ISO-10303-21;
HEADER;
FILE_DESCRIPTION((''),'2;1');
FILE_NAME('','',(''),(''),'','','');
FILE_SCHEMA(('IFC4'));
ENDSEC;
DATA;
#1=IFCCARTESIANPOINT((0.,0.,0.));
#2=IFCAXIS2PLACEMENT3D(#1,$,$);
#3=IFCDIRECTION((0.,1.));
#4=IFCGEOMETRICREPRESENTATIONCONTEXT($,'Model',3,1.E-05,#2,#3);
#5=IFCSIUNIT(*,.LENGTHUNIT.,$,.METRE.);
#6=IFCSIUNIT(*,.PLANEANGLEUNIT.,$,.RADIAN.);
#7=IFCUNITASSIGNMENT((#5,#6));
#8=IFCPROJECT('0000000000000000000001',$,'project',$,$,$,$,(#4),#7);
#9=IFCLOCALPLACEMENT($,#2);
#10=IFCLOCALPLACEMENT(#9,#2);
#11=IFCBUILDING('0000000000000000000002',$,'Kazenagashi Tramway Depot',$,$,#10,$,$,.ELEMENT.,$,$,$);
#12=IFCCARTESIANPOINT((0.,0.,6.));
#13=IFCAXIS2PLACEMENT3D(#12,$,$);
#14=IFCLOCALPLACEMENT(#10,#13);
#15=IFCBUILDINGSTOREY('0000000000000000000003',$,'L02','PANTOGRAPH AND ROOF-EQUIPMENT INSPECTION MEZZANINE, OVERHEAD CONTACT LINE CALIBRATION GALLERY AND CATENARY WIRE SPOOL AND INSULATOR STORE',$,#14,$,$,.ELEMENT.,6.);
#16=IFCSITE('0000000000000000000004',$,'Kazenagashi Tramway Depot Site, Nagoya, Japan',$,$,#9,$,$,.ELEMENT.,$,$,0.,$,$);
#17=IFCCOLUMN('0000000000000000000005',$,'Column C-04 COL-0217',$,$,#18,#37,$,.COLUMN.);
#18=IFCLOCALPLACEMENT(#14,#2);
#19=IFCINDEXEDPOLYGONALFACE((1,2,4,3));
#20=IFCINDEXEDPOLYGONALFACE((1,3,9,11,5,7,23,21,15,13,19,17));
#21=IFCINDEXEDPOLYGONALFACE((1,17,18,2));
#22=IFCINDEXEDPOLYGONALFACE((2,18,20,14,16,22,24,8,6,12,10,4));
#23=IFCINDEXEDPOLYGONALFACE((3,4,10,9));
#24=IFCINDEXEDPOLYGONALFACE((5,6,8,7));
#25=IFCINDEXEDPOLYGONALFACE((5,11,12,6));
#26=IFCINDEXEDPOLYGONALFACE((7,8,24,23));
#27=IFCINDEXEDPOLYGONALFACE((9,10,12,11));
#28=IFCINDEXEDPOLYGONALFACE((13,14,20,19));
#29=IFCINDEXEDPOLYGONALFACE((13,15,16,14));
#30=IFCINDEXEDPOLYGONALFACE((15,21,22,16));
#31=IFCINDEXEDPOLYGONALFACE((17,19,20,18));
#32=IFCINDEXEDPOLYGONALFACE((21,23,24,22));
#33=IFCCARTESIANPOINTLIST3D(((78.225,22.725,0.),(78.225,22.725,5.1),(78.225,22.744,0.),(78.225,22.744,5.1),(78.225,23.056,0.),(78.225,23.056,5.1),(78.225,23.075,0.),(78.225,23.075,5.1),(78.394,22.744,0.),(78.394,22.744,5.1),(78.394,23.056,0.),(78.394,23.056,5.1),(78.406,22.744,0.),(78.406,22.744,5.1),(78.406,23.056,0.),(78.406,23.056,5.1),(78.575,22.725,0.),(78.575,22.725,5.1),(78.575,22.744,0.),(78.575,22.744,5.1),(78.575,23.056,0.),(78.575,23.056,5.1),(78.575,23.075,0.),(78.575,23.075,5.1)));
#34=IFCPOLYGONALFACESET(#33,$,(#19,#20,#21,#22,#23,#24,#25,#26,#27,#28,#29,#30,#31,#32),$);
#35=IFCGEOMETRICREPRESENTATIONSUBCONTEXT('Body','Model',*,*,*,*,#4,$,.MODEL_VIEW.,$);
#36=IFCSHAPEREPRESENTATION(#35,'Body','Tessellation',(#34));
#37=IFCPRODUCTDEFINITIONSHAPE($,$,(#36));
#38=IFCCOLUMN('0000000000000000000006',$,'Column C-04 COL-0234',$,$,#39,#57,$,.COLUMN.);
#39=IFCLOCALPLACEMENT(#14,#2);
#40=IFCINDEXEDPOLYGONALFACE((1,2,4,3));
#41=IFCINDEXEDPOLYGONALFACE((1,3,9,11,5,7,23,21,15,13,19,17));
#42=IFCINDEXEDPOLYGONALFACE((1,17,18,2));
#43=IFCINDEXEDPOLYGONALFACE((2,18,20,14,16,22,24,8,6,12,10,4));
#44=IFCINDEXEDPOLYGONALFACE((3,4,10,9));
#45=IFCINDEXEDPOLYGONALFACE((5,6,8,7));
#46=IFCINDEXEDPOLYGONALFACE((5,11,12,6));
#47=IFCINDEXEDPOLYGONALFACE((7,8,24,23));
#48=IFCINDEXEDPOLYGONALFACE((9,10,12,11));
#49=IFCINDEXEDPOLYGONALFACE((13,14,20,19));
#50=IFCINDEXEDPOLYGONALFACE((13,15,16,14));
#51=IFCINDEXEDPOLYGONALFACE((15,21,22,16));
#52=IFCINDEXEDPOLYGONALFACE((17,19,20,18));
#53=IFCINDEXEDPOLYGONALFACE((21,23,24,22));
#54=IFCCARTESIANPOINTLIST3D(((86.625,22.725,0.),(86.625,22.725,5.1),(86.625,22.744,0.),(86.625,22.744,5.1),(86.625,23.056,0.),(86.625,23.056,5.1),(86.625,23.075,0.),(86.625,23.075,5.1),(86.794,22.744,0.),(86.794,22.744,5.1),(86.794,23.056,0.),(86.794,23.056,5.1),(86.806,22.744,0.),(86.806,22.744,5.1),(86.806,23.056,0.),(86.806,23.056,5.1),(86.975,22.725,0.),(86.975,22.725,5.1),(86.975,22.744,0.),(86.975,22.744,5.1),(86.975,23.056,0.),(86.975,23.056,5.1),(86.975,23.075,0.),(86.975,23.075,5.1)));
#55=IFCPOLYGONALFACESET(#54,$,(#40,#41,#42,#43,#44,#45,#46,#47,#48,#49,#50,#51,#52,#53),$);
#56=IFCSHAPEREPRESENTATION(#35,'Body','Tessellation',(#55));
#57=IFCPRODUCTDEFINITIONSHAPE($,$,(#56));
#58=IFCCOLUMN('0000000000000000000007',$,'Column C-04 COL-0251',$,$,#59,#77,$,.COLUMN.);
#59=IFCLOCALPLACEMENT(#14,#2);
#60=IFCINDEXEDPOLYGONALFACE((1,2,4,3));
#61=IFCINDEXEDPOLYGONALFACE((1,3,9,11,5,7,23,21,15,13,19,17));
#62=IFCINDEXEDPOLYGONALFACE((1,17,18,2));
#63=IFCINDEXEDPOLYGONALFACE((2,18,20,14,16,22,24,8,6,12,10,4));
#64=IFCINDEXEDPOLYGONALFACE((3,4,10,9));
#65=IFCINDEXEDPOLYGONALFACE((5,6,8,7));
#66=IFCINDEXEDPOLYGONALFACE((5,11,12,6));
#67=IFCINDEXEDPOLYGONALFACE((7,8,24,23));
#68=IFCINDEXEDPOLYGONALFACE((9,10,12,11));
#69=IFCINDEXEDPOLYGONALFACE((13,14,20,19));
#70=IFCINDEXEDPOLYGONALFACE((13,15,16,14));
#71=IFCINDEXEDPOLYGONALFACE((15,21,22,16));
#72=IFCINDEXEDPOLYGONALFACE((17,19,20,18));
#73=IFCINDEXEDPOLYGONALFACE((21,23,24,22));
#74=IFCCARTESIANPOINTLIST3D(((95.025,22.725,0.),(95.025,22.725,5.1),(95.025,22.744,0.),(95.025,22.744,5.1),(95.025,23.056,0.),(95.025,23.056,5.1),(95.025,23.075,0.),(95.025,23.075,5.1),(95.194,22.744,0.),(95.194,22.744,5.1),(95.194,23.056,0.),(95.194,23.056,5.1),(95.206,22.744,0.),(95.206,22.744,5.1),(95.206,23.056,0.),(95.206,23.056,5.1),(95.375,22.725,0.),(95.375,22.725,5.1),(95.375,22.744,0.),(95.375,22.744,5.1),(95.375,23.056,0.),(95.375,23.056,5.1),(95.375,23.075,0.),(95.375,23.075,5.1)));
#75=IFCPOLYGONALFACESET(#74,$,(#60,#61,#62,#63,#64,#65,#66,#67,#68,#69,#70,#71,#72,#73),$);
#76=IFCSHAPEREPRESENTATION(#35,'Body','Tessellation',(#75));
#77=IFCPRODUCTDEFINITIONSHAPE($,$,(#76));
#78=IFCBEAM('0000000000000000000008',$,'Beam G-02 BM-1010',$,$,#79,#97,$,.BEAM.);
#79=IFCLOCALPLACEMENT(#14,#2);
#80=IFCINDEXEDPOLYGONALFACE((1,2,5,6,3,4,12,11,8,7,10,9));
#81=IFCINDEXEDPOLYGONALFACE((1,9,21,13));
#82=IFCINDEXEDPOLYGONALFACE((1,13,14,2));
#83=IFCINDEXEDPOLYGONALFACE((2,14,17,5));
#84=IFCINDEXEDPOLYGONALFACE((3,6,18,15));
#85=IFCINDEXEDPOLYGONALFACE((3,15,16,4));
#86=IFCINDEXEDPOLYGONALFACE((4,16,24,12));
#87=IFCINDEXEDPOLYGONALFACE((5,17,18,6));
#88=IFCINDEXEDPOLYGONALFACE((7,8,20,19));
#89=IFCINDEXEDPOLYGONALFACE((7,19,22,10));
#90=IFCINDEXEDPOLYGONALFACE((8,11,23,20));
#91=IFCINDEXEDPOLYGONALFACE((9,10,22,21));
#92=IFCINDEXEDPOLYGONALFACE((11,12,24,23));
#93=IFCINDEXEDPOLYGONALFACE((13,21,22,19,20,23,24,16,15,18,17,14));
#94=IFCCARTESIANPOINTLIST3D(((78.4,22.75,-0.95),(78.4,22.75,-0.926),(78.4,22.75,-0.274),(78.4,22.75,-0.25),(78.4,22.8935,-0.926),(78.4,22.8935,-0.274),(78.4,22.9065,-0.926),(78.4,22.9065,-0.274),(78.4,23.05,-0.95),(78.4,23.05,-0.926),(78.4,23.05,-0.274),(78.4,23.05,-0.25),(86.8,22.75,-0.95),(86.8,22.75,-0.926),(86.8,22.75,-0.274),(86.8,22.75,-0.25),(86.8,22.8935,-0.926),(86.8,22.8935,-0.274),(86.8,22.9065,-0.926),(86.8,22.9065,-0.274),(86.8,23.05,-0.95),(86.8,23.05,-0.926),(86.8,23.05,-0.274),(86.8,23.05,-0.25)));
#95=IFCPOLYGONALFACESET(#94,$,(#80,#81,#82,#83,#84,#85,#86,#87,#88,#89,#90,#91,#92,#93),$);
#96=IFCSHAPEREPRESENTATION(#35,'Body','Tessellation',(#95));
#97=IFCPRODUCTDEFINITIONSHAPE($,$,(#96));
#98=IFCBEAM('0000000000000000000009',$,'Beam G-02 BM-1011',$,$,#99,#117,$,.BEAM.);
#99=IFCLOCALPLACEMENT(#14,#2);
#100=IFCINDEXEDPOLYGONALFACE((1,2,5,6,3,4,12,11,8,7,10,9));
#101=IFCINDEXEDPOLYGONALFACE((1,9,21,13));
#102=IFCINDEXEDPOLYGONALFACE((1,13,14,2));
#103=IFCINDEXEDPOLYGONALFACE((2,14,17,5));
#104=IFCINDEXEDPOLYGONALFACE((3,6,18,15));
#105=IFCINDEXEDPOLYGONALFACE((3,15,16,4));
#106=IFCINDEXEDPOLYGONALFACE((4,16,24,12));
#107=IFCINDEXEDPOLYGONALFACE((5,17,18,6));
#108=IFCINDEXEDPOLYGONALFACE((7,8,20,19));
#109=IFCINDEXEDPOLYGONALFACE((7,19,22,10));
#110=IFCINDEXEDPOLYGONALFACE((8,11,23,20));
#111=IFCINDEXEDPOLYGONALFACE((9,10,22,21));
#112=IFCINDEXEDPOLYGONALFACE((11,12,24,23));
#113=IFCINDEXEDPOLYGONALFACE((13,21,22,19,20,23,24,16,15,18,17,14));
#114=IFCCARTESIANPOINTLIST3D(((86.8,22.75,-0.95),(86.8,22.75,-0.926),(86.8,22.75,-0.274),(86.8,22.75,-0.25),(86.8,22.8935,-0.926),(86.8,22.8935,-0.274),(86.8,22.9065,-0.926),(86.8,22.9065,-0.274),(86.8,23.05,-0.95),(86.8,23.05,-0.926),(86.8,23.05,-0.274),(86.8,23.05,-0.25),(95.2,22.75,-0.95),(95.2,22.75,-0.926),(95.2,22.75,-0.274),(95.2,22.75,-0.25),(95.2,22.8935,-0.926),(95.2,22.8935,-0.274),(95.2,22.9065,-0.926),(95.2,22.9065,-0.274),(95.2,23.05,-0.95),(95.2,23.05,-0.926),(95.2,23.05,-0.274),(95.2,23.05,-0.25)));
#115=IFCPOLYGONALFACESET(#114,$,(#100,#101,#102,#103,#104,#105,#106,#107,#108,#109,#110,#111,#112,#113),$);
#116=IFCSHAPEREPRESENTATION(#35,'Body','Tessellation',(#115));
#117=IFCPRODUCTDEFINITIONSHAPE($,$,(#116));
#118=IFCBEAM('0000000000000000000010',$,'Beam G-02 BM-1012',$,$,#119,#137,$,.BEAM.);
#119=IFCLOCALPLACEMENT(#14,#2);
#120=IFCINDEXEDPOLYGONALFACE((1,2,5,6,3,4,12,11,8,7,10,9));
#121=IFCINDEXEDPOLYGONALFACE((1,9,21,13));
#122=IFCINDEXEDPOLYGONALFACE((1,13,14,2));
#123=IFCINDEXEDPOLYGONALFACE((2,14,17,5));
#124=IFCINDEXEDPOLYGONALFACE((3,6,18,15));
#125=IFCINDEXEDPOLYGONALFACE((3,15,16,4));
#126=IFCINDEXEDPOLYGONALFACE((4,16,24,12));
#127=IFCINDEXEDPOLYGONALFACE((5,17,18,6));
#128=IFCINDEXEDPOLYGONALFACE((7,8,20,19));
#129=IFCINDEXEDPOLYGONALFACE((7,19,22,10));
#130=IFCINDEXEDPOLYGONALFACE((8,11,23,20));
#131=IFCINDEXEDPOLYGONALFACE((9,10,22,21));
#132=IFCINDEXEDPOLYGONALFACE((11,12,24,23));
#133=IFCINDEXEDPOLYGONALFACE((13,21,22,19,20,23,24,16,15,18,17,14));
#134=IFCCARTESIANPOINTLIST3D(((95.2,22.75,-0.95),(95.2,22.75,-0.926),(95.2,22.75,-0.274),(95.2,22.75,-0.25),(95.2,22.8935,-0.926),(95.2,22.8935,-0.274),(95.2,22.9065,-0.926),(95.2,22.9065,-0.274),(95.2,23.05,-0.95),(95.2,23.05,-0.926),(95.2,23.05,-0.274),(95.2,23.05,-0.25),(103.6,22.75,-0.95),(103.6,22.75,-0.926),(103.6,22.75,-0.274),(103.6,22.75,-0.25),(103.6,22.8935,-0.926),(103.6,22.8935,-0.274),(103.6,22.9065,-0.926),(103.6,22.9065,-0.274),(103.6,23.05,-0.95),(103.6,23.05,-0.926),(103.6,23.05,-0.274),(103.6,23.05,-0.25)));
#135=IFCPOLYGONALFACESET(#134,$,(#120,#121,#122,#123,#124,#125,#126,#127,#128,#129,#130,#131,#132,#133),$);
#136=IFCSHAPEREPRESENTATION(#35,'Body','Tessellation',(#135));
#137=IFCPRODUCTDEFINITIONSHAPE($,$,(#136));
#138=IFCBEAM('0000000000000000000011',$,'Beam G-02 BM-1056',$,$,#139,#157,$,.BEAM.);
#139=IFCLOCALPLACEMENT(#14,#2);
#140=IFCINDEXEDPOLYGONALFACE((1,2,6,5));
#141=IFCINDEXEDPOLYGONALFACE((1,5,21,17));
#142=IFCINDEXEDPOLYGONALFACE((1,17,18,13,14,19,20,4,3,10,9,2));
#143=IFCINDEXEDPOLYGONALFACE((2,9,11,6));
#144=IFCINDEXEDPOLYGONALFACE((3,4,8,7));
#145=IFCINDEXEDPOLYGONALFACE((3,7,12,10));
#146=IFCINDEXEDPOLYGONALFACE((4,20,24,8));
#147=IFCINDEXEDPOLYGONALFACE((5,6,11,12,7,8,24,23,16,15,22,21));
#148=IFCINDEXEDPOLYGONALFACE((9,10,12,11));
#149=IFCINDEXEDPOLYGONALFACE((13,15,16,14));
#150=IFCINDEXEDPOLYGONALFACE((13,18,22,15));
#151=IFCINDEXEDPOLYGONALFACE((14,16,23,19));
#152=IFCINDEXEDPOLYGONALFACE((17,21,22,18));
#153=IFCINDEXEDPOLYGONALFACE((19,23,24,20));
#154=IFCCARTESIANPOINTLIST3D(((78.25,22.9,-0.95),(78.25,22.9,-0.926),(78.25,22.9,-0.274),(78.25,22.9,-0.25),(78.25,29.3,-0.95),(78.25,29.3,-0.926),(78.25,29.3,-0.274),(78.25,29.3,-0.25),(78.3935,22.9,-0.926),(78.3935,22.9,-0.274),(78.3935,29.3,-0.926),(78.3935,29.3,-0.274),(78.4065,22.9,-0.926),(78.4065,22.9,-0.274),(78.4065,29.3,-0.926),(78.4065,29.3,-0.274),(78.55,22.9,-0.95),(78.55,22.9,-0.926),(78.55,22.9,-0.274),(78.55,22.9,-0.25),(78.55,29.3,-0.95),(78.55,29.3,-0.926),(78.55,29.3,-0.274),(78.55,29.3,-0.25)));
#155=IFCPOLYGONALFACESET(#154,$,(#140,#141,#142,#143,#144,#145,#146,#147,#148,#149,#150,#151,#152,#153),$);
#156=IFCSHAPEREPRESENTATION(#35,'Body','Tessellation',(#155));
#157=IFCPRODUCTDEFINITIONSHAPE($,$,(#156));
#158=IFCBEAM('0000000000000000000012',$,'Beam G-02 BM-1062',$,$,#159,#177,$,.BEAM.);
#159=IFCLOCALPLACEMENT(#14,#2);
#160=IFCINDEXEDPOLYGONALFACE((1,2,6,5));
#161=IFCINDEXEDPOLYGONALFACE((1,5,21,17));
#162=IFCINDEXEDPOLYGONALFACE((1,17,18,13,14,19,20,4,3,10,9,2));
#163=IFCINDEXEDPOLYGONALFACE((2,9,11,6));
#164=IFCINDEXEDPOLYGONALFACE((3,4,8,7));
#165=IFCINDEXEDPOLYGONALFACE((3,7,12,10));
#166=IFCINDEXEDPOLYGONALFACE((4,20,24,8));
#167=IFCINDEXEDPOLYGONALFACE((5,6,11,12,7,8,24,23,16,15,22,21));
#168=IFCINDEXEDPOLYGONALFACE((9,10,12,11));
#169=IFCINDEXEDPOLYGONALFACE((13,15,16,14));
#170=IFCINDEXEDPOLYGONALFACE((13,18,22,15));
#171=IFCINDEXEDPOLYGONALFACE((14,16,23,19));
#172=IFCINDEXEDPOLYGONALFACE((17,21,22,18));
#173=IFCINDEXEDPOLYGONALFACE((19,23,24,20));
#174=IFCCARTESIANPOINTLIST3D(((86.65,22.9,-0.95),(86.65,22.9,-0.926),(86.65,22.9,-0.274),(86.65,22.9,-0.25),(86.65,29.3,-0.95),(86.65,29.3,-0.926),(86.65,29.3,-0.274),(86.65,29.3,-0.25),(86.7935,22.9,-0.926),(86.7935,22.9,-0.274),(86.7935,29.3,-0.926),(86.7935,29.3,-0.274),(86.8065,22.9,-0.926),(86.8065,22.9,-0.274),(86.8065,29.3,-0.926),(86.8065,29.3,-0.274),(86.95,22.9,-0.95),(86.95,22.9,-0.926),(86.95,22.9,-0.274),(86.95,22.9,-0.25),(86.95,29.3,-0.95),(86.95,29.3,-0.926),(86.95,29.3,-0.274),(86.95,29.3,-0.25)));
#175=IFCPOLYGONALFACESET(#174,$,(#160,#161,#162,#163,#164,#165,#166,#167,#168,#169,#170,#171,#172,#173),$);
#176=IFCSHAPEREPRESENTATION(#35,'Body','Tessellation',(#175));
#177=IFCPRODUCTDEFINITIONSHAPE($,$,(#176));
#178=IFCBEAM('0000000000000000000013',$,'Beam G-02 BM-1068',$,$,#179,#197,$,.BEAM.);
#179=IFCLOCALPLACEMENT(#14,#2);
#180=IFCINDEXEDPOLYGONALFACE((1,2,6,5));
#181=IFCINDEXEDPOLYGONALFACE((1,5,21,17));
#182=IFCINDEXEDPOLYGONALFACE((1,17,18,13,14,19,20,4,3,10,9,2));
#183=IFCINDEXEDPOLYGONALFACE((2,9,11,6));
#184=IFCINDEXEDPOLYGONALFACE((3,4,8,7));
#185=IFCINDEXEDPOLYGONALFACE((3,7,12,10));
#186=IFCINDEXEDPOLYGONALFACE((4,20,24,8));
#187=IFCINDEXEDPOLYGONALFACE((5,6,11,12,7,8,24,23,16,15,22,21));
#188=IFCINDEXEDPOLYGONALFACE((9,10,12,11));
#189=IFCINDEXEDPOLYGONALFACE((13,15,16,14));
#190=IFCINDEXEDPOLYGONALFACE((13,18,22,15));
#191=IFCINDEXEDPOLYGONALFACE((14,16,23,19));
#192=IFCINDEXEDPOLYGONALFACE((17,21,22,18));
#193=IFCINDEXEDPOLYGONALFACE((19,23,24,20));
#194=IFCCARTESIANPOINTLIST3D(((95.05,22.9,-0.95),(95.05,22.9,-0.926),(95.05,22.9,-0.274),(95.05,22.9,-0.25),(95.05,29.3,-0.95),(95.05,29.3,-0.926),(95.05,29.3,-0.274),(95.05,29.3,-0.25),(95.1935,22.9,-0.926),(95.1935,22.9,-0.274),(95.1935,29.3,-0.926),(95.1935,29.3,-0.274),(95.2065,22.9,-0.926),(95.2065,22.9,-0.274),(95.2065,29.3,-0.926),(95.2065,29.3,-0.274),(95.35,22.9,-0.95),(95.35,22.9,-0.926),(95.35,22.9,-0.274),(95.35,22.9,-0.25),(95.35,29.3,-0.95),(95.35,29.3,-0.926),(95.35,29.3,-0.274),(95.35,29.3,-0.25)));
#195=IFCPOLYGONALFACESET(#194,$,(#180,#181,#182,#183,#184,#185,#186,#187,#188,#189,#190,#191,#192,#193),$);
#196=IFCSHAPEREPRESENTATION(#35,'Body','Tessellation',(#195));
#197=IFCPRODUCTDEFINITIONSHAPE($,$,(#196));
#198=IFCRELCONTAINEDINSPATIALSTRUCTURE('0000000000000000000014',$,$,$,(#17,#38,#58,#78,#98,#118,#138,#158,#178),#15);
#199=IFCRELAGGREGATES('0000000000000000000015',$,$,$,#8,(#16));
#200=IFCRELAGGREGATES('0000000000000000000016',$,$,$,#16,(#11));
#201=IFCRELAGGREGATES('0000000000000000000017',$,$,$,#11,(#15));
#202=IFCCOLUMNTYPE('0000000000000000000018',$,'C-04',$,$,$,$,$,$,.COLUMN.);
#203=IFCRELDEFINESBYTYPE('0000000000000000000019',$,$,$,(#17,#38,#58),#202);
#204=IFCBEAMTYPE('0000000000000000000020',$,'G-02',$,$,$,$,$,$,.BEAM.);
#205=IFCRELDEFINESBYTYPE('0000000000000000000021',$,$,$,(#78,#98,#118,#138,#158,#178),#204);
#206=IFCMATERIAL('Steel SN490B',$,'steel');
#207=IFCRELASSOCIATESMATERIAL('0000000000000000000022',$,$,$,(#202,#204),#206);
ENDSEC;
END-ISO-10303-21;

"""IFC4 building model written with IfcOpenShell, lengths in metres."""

from ifc_helpers import new_model, si_unit, direction, frame, origin, origin_2d, place, context, subcontext, project, spatial, i_section, extrude, material, material_profile, profile_set, type_object, element, save


model = new_model("IFC4")

# Units and contexts
model_context = context("Model", 3, precision=1e-05, world=origin(), true_north=direction((0.0, 1.0)))
body_context = subcontext(model_context, "Body", "Model", "MODEL_VIEW")
ifc_project = project(units=[si_unit("LENGTHUNIT", "METRE"), si_unit("PLANEANGLEUNIT", "RADIAN")], contexts=[model_context])

# Site, building, storey
site_placement = place(None, origin())
site = spatial("IfcSite", under=ifc_project, at=site_placement, Name="Kazenagashi Tramway Depot Site, Nagoya, Japan", CompositionType="ELEMENT", RefElevation=0.0)
building_placement = place(site_placement, origin())
building = spatial("IfcBuilding", under=site, at=building_placement, Name="Kazenagashi Tramway Depot", CompositionType="ELEMENT")
storey_placement = place(building_placement, frame((0.0, 0.0, 6.0)))
storey = spatial("IfcBuildingStorey", under=building, at=storey_placement, Name="L02", Description="PANTOGRAPH AND ROOF-EQUIPMENT INSPECTION MEZZANINE, OVERHEAD CONTACT LINE CALIBRATION GALLERY AND CATENARY WIRE SPOOL AND INSULATOR STORE", CompositionType="ELEMENT", Elevation=6.0)

# Columns
ifc_material_1 = material(Name="Steel SN490B", Category="steel")
ifc_material_profile_1 = material_profile(ifc_material_1, i_section(OverallWidth=0.35, OverallDepth=0.35, WebThickness=0.012, FlangeThickness=0.019, at=origin_2d()), Name="H-350x350x12x19")
ifc_profile_set_1 = profile_set([ifc_material_profile_1], Name="Steel SN490B")
column_type = type_object("IfcColumnType", Name="C-04", PredefinedType="COLUMN", material=ifc_profile_set_1)
for number, where, z_axis, x_axis, name in (
    (1, (78.4, 22.9, 0.0), (0.0, 0.0, 1.0), (1.0, 0.0, 0.0), "Column C-04 COL-0217"),
    (2, (86.8, 22.9, 0.0), (0.0, 0.0, 1.0), (1.0, 0.0, 0.0), "Column C-04 COL-0234"),
    (3, (95.2, 22.9, 0.0), (0.0, 0.0, 1.0), (1.0, 0.0, 0.0), "Column C-04 COL-0251"),
):
    element("IfcColumn", number, at=place(storey_placement, frame(where, z_axis=z_axis, x_axis=x_axis)), inside=storey, type_object=column_type, Name=name, PredefinedType="COLUMN", context=body_context, shape_type="SweptSolid", body=[
        extrude(i_section(OverallWidth=0.35, OverallDepth=0.35, WebThickness=0.012, FlangeThickness=0.019, at=origin_2d()), origin(), (0.0, 0.0, 1.0), 5.1),
    ])

# Beams
ifc_material_profile_2 = material_profile(ifc_material_1, i_section(OverallWidth=0.3, OverallDepth=0.7, WebThickness=0.013, FlangeThickness=0.024, at=origin_2d()), Name="H-700x300x13x24")
ifc_profile_set_2 = profile_set([ifc_material_profile_2], Name="Steel SN490B")
beam_type_1 = type_object("IfcBeamType", Name="G-02", PredefinedType="BEAM", material=ifc_profile_set_2)
for number, where, z_axis, x_axis, name in (
    (4, (78.4, 22.9, -0.6), (1.0, 0.0, 0.0), (0.0, 1.0, 0.0), "Beam G-02 BM-1010"),
    (5, (86.8, 22.9, -0.6), (1.0, 0.0, 0.0), (0.0, 1.0, 0.0), "Beam G-02 BM-1011"),
    (6, (95.2, 22.9, -0.6), (1.0, 0.0, 0.0), (0.0, 1.0, 0.0), "Beam G-02 BM-1012"),
):
    element("IfcBeam", number, at=place(storey_placement, frame(where, z_axis=z_axis, x_axis=x_axis)), inside=storey, type_object=beam_type_1, Name=name, PredefinedType="BEAM", context=body_context, shape_type="SweptSolid", body=[
        extrude(i_section(OverallWidth=0.3, OverallDepth=0.7, WebThickness=0.013, FlangeThickness=0.024, at=origin_2d()), origin(), (0.0, 0.0, 1.0), 8.4),
    ])
for number, where, z_axis, x_axis, name in (
    (7, (78.4, 22.9, -0.6), (0.0, 1.0, 0.0), (-1.0, 0.0, 0.0), "Beam G-02 BM-1056"),
    (8, (86.8, 22.9, -0.6), (0.0, 1.0, 0.0), (-1.0, 0.0, 0.0), "Beam G-02 BM-1062"),
    (9, (95.2, 22.9, -0.6), (0.0, 1.0, 0.0), (-1.0, 0.0, 0.0), "Beam G-02 BM-1068"),
):
    element("IfcBeam", number, at=place(storey_placement, frame(where, z_axis=z_axis, x_axis=x_axis)), inside=storey, type_object=beam_type_1, Name=name, PredefinedType="BEAM", context=body_context, shape_type="SweptSolid", body=[
        extrude(i_section(OverallWidth=0.3, OverallDepth=0.7, WebThickness=0.013, FlangeThickness=0.024, at=origin_2d()), origin(), (0.0, 0.0, 1.0), 6.4),
    ])

save(model, "model.ifc")
